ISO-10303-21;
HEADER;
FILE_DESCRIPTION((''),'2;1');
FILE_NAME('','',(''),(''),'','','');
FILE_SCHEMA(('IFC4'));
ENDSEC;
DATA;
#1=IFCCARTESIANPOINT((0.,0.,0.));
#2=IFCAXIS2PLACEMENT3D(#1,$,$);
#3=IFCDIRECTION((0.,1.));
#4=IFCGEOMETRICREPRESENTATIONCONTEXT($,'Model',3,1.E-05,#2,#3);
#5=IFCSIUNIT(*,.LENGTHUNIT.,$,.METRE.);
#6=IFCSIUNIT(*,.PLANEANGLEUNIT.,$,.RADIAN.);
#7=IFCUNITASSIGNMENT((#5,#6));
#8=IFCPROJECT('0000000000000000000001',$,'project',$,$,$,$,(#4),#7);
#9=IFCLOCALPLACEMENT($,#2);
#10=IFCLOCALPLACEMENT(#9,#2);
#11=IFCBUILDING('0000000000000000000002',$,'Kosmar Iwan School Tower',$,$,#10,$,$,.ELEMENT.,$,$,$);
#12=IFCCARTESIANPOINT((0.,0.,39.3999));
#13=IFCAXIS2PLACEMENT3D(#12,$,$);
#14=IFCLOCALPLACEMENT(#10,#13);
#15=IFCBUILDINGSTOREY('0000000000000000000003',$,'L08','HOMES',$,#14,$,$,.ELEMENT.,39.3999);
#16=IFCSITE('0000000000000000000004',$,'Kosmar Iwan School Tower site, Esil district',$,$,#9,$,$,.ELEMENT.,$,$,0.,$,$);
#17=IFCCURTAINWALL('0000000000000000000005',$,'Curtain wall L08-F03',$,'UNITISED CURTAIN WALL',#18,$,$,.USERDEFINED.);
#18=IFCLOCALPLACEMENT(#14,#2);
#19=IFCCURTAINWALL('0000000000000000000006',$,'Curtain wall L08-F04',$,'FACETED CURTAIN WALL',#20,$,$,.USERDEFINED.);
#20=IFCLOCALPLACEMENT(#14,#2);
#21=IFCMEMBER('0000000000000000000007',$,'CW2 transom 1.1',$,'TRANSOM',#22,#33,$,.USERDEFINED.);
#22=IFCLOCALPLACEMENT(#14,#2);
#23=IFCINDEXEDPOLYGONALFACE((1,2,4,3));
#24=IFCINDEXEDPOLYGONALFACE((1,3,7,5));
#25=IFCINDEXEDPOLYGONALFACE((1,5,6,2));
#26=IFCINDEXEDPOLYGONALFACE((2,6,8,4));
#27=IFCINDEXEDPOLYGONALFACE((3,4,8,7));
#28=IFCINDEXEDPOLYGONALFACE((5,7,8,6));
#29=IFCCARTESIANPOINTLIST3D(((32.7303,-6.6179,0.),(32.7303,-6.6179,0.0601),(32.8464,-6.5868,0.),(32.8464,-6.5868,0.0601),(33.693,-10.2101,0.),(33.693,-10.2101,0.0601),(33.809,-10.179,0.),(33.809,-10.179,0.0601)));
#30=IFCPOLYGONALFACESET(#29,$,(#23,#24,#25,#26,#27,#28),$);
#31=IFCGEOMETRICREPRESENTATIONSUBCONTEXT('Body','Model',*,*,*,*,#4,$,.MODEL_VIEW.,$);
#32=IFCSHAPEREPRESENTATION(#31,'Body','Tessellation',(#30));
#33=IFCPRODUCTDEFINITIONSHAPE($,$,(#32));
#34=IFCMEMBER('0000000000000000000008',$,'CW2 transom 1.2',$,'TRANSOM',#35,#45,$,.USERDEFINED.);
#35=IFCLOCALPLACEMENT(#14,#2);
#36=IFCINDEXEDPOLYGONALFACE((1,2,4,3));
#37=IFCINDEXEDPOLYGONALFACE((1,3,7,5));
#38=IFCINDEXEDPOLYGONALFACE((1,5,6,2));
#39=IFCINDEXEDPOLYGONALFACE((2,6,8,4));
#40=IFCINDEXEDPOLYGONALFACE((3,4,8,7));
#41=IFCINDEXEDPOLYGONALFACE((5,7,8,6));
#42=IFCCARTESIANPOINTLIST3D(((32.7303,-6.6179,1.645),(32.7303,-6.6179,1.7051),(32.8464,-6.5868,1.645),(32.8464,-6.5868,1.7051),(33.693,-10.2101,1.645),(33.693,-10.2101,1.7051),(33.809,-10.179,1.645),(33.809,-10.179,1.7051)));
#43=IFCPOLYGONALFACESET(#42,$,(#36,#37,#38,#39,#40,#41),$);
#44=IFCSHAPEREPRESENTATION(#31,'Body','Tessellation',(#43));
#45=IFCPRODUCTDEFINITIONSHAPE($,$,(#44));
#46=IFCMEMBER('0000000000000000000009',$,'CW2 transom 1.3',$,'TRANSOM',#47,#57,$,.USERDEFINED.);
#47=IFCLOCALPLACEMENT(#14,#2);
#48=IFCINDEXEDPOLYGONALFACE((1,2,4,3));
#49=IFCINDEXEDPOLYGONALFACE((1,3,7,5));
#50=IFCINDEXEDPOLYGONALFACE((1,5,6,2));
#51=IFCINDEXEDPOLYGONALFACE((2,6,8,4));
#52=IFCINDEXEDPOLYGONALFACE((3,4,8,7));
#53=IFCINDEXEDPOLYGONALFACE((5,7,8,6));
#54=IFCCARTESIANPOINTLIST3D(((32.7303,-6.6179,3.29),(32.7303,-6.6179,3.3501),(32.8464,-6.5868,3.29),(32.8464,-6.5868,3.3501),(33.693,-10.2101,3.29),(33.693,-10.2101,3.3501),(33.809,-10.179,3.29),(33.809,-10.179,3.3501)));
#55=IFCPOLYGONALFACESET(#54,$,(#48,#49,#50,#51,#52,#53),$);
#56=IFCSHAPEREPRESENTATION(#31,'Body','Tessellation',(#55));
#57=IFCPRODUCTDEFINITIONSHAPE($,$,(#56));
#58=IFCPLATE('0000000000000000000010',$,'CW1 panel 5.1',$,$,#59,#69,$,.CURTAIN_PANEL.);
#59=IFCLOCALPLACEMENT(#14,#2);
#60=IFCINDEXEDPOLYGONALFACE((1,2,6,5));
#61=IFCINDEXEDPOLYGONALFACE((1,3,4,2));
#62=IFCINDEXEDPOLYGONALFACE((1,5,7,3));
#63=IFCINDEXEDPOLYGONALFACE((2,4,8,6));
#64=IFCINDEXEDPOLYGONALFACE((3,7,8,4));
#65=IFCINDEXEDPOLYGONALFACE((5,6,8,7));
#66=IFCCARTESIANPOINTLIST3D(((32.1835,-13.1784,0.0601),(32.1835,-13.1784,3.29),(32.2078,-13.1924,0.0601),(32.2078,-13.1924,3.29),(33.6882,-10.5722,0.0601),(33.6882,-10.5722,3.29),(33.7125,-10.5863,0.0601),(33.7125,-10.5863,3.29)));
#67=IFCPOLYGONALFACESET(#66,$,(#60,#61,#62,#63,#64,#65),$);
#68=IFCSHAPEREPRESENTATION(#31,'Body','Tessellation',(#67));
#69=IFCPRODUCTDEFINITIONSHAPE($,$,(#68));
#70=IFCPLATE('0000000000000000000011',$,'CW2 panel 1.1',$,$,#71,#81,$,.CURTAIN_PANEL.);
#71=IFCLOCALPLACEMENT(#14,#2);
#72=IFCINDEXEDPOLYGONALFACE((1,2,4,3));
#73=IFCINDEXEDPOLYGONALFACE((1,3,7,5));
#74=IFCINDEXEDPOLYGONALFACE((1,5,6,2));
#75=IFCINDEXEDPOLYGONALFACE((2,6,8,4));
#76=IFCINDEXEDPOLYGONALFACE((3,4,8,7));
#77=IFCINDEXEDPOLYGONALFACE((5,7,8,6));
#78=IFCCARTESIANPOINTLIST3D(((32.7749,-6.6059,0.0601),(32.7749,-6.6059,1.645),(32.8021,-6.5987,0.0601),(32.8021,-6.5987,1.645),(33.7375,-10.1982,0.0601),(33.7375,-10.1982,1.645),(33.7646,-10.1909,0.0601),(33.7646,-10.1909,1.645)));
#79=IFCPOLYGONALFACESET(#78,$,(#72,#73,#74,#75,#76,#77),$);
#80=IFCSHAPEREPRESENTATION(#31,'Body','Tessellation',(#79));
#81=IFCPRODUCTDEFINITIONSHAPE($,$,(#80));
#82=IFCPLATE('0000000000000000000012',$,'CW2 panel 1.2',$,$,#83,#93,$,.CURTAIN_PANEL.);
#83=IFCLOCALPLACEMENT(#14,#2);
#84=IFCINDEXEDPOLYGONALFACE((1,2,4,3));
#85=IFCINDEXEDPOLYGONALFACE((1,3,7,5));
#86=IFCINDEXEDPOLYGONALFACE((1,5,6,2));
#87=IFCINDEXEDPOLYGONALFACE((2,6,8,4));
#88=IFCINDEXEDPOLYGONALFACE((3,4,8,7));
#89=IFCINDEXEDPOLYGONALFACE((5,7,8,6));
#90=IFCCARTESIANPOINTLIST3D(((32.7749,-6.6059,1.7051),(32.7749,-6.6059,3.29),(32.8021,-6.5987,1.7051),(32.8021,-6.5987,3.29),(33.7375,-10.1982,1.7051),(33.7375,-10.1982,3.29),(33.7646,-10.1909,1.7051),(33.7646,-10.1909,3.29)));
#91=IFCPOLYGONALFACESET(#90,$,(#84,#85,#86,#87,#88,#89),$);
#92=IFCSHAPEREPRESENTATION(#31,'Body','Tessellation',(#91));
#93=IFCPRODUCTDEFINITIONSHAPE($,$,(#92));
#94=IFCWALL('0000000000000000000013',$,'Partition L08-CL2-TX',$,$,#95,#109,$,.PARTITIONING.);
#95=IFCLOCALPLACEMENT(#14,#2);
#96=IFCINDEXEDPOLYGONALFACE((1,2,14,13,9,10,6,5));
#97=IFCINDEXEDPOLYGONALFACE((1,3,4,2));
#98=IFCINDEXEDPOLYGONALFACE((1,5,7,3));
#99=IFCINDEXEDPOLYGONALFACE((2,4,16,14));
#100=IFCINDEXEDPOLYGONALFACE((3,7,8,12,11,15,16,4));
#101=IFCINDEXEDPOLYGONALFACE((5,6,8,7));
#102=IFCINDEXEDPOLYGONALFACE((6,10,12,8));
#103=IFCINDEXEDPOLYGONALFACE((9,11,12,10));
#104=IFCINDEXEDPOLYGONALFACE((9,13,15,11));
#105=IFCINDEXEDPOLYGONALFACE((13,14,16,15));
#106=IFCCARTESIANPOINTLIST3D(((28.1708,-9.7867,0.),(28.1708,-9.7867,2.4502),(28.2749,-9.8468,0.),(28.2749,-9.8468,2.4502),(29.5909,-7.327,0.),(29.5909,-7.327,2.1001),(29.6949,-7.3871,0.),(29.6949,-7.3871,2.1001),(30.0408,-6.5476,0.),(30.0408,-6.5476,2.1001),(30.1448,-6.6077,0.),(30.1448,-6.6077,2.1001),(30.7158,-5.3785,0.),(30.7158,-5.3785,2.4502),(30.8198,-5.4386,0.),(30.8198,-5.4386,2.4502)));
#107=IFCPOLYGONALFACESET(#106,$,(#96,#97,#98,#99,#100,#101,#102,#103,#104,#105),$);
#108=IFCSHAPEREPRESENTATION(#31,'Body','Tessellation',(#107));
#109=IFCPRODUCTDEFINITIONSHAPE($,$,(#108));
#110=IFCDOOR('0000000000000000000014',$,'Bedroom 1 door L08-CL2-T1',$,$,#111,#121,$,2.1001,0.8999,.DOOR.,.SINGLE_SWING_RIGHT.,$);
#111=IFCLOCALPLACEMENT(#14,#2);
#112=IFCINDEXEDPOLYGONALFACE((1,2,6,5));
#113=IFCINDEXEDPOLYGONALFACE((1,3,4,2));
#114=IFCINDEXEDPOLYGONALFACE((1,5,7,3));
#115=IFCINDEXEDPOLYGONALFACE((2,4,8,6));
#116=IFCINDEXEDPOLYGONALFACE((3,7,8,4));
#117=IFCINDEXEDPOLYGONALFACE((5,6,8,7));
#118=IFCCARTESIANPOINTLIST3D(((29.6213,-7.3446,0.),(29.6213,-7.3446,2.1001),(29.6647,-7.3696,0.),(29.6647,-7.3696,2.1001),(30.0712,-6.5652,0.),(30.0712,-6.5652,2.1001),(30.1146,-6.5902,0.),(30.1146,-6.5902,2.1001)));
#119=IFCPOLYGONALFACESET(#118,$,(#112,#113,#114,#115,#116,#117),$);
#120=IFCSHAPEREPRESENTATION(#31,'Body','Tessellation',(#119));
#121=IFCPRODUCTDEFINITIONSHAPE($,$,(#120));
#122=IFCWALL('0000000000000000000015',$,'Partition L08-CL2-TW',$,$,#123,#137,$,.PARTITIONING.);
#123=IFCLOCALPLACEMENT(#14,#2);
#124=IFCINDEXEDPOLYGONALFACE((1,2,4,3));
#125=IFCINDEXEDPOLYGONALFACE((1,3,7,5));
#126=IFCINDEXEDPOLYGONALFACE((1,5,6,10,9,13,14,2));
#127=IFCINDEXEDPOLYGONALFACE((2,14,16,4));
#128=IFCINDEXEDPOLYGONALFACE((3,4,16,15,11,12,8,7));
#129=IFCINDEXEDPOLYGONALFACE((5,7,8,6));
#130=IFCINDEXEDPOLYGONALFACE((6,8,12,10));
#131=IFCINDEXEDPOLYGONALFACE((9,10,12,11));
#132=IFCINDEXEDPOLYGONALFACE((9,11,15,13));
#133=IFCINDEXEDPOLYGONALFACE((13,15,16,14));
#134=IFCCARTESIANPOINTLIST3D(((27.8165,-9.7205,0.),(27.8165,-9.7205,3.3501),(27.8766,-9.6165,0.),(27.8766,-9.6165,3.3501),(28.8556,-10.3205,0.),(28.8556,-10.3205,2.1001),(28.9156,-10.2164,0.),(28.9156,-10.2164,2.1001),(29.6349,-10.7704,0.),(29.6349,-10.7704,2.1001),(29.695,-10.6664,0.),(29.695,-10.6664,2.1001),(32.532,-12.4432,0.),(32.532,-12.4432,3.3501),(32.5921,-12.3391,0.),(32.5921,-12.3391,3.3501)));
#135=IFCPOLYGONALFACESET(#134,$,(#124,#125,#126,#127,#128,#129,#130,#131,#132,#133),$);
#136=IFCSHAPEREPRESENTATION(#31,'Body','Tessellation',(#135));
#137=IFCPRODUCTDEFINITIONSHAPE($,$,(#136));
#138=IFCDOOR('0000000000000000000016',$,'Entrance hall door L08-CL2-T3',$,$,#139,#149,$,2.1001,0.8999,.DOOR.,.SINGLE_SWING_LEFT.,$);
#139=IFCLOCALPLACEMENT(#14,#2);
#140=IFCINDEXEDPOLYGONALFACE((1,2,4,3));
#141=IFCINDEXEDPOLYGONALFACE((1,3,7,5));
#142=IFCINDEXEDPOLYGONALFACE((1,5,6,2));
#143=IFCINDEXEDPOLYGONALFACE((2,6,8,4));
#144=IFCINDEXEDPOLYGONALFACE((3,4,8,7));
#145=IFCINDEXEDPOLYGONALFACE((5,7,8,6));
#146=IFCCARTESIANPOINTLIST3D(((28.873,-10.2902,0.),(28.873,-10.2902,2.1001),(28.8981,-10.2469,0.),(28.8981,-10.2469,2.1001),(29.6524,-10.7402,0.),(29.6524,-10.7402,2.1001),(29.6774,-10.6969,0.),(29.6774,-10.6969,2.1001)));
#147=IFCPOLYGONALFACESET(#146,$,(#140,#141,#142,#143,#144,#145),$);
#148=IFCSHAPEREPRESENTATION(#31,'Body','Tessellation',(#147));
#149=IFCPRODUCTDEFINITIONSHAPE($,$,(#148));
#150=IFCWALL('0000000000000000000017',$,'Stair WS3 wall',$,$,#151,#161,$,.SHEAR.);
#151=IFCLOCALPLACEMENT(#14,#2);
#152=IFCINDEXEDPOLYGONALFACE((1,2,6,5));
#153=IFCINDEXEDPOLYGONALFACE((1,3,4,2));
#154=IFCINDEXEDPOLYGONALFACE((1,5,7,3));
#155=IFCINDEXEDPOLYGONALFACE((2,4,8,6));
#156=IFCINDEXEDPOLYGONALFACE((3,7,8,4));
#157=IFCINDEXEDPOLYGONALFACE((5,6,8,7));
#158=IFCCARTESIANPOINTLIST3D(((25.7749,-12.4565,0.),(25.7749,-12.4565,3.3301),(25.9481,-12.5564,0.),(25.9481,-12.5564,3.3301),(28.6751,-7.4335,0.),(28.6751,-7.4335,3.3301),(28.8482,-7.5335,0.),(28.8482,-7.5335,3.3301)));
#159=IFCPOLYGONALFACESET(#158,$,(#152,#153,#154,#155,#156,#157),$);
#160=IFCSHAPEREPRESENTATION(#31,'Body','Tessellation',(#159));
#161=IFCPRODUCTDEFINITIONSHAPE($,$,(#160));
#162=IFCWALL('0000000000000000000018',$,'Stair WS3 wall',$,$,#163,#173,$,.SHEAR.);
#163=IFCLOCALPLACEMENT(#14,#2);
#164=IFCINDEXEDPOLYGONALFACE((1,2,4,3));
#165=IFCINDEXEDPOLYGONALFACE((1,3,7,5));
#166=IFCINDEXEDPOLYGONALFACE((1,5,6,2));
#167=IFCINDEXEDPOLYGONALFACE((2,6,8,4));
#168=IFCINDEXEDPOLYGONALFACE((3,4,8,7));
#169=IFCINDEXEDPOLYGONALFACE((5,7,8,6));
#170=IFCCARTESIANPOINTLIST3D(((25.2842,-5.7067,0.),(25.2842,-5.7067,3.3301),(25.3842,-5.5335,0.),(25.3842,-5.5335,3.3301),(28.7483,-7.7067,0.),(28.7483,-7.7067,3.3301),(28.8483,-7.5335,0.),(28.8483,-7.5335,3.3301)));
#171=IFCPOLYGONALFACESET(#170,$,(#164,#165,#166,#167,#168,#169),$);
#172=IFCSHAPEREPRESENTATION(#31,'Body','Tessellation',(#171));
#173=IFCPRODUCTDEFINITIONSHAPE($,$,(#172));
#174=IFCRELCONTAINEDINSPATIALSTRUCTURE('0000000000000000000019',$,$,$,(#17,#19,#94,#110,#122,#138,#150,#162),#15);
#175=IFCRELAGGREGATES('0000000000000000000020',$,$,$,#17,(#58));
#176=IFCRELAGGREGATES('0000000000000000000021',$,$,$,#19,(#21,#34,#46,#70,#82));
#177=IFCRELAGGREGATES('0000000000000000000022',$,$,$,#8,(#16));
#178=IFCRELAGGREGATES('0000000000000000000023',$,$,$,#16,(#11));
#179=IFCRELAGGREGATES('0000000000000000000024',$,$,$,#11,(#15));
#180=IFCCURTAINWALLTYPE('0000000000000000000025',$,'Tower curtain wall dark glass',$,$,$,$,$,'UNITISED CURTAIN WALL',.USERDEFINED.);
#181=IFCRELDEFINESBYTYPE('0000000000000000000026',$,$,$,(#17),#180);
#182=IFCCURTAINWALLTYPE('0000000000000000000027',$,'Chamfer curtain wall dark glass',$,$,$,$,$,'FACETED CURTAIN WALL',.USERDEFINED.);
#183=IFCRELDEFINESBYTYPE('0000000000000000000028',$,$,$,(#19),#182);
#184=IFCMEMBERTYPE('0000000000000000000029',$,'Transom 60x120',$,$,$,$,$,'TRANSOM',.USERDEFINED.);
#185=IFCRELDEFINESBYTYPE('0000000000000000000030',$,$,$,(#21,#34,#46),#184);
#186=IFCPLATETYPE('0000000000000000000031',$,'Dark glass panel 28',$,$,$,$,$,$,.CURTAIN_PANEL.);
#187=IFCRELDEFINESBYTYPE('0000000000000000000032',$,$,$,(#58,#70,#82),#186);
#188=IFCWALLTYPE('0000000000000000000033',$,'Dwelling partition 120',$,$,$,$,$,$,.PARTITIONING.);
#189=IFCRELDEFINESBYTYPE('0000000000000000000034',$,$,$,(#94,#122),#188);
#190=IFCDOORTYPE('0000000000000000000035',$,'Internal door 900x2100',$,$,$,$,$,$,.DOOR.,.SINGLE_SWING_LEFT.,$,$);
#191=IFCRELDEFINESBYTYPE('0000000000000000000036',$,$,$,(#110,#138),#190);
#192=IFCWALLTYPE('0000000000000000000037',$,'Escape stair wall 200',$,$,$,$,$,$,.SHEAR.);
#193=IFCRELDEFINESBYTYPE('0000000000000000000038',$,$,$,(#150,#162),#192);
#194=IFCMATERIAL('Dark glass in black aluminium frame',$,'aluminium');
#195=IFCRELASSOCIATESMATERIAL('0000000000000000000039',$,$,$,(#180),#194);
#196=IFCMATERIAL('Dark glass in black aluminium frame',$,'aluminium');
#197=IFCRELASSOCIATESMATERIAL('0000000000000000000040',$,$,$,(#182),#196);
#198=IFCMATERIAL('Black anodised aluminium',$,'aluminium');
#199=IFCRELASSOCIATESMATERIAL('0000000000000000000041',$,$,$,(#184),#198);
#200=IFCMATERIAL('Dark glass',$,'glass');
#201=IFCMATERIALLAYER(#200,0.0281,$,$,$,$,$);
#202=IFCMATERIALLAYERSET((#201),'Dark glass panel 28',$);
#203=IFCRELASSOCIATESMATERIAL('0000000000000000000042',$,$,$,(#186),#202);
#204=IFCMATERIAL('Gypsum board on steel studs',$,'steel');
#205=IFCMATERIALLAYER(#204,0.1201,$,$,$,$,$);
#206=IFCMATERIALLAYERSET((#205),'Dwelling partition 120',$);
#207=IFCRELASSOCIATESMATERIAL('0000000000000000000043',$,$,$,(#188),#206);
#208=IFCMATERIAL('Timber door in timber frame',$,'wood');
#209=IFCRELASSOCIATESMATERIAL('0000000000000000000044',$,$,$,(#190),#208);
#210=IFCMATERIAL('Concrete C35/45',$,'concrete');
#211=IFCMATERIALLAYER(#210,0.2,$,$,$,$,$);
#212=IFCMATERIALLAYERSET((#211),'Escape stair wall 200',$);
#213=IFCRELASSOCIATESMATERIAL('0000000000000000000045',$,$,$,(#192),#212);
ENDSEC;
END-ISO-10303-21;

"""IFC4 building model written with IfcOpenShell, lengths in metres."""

from ifc_helpers import new_model, si_unit, direction, frame, frame_2d, origin, origin_2d, place, context, subcontext, project, spatial, rectangle, extrude, material, layer, layer_set, material_profile, profile_set, type_object, element, fill, aggregate, save


model = new_model("IFC4")

# Units and contexts
model_context = context("Model", 3, precision=1e-05, world=origin(), true_north=direction((0.0, 1.0)))
body_context = subcontext(model_context, "Body", "Model", "MODEL_VIEW")
ifc_project = project(units=[si_unit("LENGTHUNIT", "METRE"), si_unit("PLANEANGLEUNIT", "RADIAN")], contexts=[model_context])

# Site, building, storey
site_placement = place(None, origin())
site = spatial("IfcSite", under=ifc_project, at=site_placement, Name="Kosmar Iwan School Tower site, Esil district", CompositionType="ELEMENT", RefElevation=0.0)
building_placement = place(site_placement, origin())
building = spatial("IfcBuilding", under=site, at=building_placement, Name="Kosmar Iwan School Tower", CompositionType="ELEMENT")
storey_placement = place(building_placement, frame((0.0, 0.0, 39.3999)))
storey = spatial("IfcBuildingStorey", under=building, at=storey_placement, Name="L08", Description="HOMES", CompositionType="ELEMENT", Elevation=39.3999)

# Curtain wall
ifc_material_1 = material(Name="Dark glass in black aluminium frame", Category="aluminium")
curtain_wall_type_1 = type_object("IfcCurtainWallType", Name="Tower curtain wall dark glass", ElementType="UNITISED CURTAIN WALL", PredefinedType="USERDEFINED", material=ifc_material_1)
curtain_wall_1_placement = place(storey_placement, origin())
curtain_wall_1 = element("IfcCurtainWall", 1, at=curtain_wall_1_placement, inside=storey, type_object=curtain_wall_type_1, Name="Curtain wall L08-F03", ObjectType="UNITISED CURTAIN WALL", PredefinedType="USERDEFINED")

# Curtain wall
ifc_material_2 = material(Name="Dark glass in black aluminium frame", Category="aluminium")
curtain_wall_type_2 = type_object("IfcCurtainWallType", Name="Chamfer curtain wall dark glass", ElementType="FACETED CURTAIN WALL", PredefinedType="USERDEFINED", material=ifc_material_2)
curtain_wall_2_placement = place(storey_placement, origin())
curtain_wall_2 = element("IfcCurtainWall", 2, at=curtain_wall_2_placement, inside=storey, type_object=curtain_wall_type_2, Name="Curtain wall L08-F04", ObjectType="FACETED CURTAIN WALL", PredefinedType="USERDEFINED")

# Members
ifc_material_3 = material(Name="Black anodised aluminium", Category="aluminium")
ifc_material_profile_1 = material_profile(ifc_material_3, rectangle(XDim=0.1201, YDim=0.0601, at=origin_2d()), Name="TRANSOM 60x120")
ifc_profile_set_1 = profile_set([ifc_material_profile_1], Name="Black anodised aluminium")
member_type_1 = type_object("IfcMemberType", Name="Transom 60x120", ElementType="TRANSOM", PredefinedType="USERDEFINED", material=ifc_profile_set_1)
member_1_placement = place(storey_placement, frame((33.751, -10.1946, 0.03), z_axis=(-0.258843, 0.965919, 0.0), x_axis=(-0.965919, -0.258843, 0.0)))
member_1 = element("IfcMember", 3, at=member_1_placement, type_object=member_type_1, Name="CW2 transom 1.1", ObjectType="TRANSOM", PredefinedType="USERDEFINED", context=body_context, shape_type="SweptSolid", body=[
    extrude(rectangle(XDim=0.1201, YDim=0.0601, at=origin_2d()), origin(), (0.0, 0.0, 1.0), 3.719),
])
member_2_placement = place(storey_placement, frame((33.751, -10.1946, 1.675), z_axis=(-0.258843, 0.965919, 0.0), x_axis=(-0.965919, -0.258843, 0.0)))
member_2 = element("IfcMember", 4, at=member_2_placement, type_object=member_type_1, Name="CW2 transom 1.2", ObjectType="TRANSOM", PredefinedType="USERDEFINED", context=body_context, shape_type="SweptSolid", body=[
    extrude(rectangle(XDim=0.1201, YDim=0.0601, at=origin_2d()), origin(), (0.0, 0.0, 1.0), 3.719),
])
member_3_placement = place(storey_placement, frame((33.751, -10.1946, 3.3201), z_axis=(-0.258843, 0.965919, 0.0), x_axis=(-0.965919, -0.258843, 0.0)))
member_3 = element("IfcMember", 5, at=member_3_placement, type_object=member_type_1, Name="CW2 transom 1.3", ObjectType="TRANSOM", PredefinedType="USERDEFINED", context=body_context, shape_type="SweptSolid", body=[
    extrude(rectangle(XDim=0.1201, YDim=0.0601, at=origin_2d()), origin(), (0.0, 0.0, 1.0), 3.719),
])

# Plates
ifc_material_4 = material(Name="Dark glass", Category="glass")
ifc_layer_1 = layer(ifc_material_4, 0.0281)
ifc_layer_set_1 = layer_set([ifc_layer_1], Name="Dark glass panel 28")
plate_type = type_object("IfcPlateType", Name="Dark glass panel 28", PredefinedType="CURTAIN_PANEL", material=ifc_layer_set_1)
plate_1_placement = place(storey_placement, frame((32.948, -11.8823, 0.0601), z_axis=(0.0, 0.0, 1.0), x_axis=(0.5, 0.866025, 0.0)))
plate_1 = element("IfcPlate", 6, at=plate_1_placement, type_object=plate_type, Name="CW1 panel 5.1", PredefinedType="CURTAIN_PANEL", context=body_context, shape_type="SweptSolid", body=[
    extrude(rectangle(XDim=3.0093, YDim=0.0281, at=origin_2d()), origin(), (0.0, 0.0, 1.0), 3.23),
])
aggregate(curtain_wall_1, [plate_1])
plate_2_placement = place(storey_placement, frame((33.2698, -8.3984, 0.0601), z_axis=(0.0, 0.0, 1.0), x_axis=(-0.258819, 0.965926, 0.0)))
plate_2 = element("IfcPlate", 7, at=plate_2_placement, type_object=plate_type, Name="CW2 panel 1.1", PredefinedType="CURTAIN_PANEL", context=body_context, shape_type="SweptSolid", body=[
    extrude(rectangle(XDim=3.719, YDim=0.0281, at=origin_2d()), origin(), (0.0, 0.0, 1.0), 1.585),
])
plate_3_placement = place(storey_placement, frame((33.2698, -8.3984, 1.7051), z_axis=(0.0, 0.0, 1.0), x_axis=(-0.258819, 0.965926, 0.0)))
plate_3 = element("IfcPlate", 8, at=plate_3_placement, type_object=plate_type, Name="CW2 panel 1.2", PredefinedType="CURTAIN_PANEL", context=body_context, shape_type="SweptSolid", body=[
    extrude(rectangle(XDim=3.719, YDim=0.0281, at=origin_2d()), origin(), (0.0, 0.0, 1.0), 1.585),
])
aggregate(curtain_wall_2, [member_1, member_2, member_3, plate_2, plate_3])

# Walls, openings, doors
ifc_material_5 = material(Name="Gypsum board on steel studs", Category="steel")
ifc_layer_2 = layer(ifc_material_5, 0.1201)
ifc_layer_set_2 = layer_set([ifc_layer_2], Name="Dwelling partition 120")
wall_type_1 = type_object("IfcWallType", Name="Dwelling partition 120", PredefinedType="PARTITIONING", material=ifc_layer_set_2)
wall_1_placement = place(storey_placement, frame((28.2229, -9.8167, 0.0), z_axis=(0.0, 0.0, 1.0), x_axis=(0.499977, 0.866039, 0.0)))
wall_1 = element("IfcWall", 9, at=wall_1_placement, inside=storey, type_object=wall_type_1, Name="Partition L08-CL2-TX", PredefinedType="PARTITIONING", context=body_context, shape_type="SweptSolid", body=[
    extrude(rectangle(XDim=5.0901, YDim=0.1201, at=frame_2d((2.5449, 0.0))), origin(), (0.0, 0.0, 1.0), 2.4502),
])
opening_1_placement = place(wall_1_placement, frame((2.8401, 0.0, 0.0)))
opening_1 = element("IfcOpeningElement", 10, at=opening_1_placement, cuts=wall_1, PredefinedType="OPENING", context=body_context, shape_type="SweptSolid", body=[
    extrude(rectangle(XDim=0.8999, YDim=2.1001, at=frame_2d((0.45, 1.05))), frame((0.0, 0.072, 0.0), z_axis=(0.0, -1.0, 0.0), x_axis=(1.0, 0.0, 0.0)), (0.0, 0.0, 1.0), 0.144),
])
ifc_material_6 = material(Name="Timber door in timber frame", Category="wood")
door_type = type_object("IfcDoorType", Name="Internal door 900x2100", OperationType="SINGLE_SWING_LEFT", PredefinedType="DOOR", material=ifc_material_6)
door_1_placement = place(opening_1_placement, origin())
door_1 = element("IfcDoor", 11, at=door_1_placement, inside=storey, type_object=door_type, Name="Bedroom 1 door L08-CL2-T1", OperationType="SINGLE_SWING_RIGHT", OverallHeight=2.1001, OverallWidth=0.8999, PredefinedType="DOOR", context=body_context, shape_type="SweptSolid", body=[
    extrude(rectangle(XDim=0.8999, YDim=2.1001, at=frame_2d((0.45, 1.05))), frame((0.0, 0.0249, 0.0), z_axis=(0.0, -1.0, 0.0), x_axis=(1.0, 0.0, 0.0)), (0.0, 0.0, 1.0), 0.05),
])
fill(opening_1, door_1)
wall_2_placement = place(storey_placement, frame((27.8464, -9.6685, 0.0), z_axis=(0.0, 0.0, 1.0), x_axis=(0.866016, -0.500016, 0.0)))
wall_2 = element("IfcWall", 12, at=wall_2_placement, inside=storey, type_object=wall_type_1, Name="Partition L08-CL2-TW", PredefinedType="PARTITIONING", context=body_context, shape_type="SweptSolid", body=[
    extrude(rectangle(XDim=5.4451, YDim=0.1201, at=frame_2d((2.7227, 0.0))), origin(), (0.0, 0.0, 1.0), 3.3501),
])
opening_2_placement = place(wall_2_placement, frame((1.2, 0.0, 0.0)))
opening_2 = element("IfcOpeningElement", 13, at=opening_2_placement, cuts=wall_2, PredefinedType="OPENING", context=body_context, shape_type="SweptSolid", body=[
    extrude(rectangle(XDim=0.8999, YDim=2.1001, at=frame_2d((0.45, 1.05))), frame((0.0, 0.072, 0.0), z_axis=(0.0, -1.0, 0.0), x_axis=(1.0, 0.0, 0.0)), (0.0, 0.0, 1.0), 0.144),
])
door_2_placement = place(opening_2_placement, origin())
door_2 = element("IfcDoor", 14, at=door_2_placement, inside=storey, type_object=door_type, Name="Entrance hall door L08-CL2-T3", OperationType="SINGLE_SWING_LEFT", OverallHeight=2.1001, OverallWidth=0.8999, PredefinedType="DOOR", context=body_context, shape_type="SweptSolid", body=[
    extrude(rectangle(XDim=0.8999, YDim=2.1001, at=frame_2d((0.45, 1.05))), frame((0.0, 0.0249, 0.0), z_axis=(0.0, -1.0, 0.0), x_axis=(1.0, 0.0, 0.0)), (0.0, 0.0, 1.0), 0.05),
])
fill(opening_2, door_2)

# Walls
ifc_material_7 = material(Name="Concrete C35/45", Category="concrete")
ifc_layer_3 = layer(ifc_material_7, 0.2)
ifc_layer_set_3 = layer_set([ifc_layer_3], Name="Escape stair wall 200")
wall_type_2 = type_object("IfcWallType", Name="Escape stair wall 200", PredefinedType="SHEAR", material=ifc_layer_set_3)
wall_3_placement = place(storey_placement, frame((25.8616, -12.5063, 0.0), z_axis=(0.0, 0.0, 1.0), x_axis=(0.500019, 0.866015, 0.0)))
element("IfcWall", 15, at=wall_3_placement, inside=storey, type_object=wall_type_2, Name="Stair WS3 wall", PredefinedType="SHEAR", context=body_context, shape_type="SweptSolid", body=[
    extrude(rectangle(XDim=5.8, YDim=0.2, at=frame_2d((2.8999, 0.0))), origin(), (0.0, 0.0, 1.0), 3.3301),
])
wall_4_placement = place(storey_placement, frame((25.3342, -5.6201, 0.0), z_axis=(0.0, 0.0, 1.0), x_axis=(0.866026, -0.499999, 0.0)))
element("IfcWall", 16, at=wall_4_placement, inside=storey, type_object=wall_type_2, Name="Stair WS3 wall", PredefinedType="SHEAR", context=body_context, shape_type="SweptSolid", body=[
    extrude(rectangle(XDim=4.0, YDim=0.2, at=frame_2d((2.0, 0.0))), origin(), (0.0, 0.0, 1.0), 3.3301),
])

save(model, "model.ifc")
